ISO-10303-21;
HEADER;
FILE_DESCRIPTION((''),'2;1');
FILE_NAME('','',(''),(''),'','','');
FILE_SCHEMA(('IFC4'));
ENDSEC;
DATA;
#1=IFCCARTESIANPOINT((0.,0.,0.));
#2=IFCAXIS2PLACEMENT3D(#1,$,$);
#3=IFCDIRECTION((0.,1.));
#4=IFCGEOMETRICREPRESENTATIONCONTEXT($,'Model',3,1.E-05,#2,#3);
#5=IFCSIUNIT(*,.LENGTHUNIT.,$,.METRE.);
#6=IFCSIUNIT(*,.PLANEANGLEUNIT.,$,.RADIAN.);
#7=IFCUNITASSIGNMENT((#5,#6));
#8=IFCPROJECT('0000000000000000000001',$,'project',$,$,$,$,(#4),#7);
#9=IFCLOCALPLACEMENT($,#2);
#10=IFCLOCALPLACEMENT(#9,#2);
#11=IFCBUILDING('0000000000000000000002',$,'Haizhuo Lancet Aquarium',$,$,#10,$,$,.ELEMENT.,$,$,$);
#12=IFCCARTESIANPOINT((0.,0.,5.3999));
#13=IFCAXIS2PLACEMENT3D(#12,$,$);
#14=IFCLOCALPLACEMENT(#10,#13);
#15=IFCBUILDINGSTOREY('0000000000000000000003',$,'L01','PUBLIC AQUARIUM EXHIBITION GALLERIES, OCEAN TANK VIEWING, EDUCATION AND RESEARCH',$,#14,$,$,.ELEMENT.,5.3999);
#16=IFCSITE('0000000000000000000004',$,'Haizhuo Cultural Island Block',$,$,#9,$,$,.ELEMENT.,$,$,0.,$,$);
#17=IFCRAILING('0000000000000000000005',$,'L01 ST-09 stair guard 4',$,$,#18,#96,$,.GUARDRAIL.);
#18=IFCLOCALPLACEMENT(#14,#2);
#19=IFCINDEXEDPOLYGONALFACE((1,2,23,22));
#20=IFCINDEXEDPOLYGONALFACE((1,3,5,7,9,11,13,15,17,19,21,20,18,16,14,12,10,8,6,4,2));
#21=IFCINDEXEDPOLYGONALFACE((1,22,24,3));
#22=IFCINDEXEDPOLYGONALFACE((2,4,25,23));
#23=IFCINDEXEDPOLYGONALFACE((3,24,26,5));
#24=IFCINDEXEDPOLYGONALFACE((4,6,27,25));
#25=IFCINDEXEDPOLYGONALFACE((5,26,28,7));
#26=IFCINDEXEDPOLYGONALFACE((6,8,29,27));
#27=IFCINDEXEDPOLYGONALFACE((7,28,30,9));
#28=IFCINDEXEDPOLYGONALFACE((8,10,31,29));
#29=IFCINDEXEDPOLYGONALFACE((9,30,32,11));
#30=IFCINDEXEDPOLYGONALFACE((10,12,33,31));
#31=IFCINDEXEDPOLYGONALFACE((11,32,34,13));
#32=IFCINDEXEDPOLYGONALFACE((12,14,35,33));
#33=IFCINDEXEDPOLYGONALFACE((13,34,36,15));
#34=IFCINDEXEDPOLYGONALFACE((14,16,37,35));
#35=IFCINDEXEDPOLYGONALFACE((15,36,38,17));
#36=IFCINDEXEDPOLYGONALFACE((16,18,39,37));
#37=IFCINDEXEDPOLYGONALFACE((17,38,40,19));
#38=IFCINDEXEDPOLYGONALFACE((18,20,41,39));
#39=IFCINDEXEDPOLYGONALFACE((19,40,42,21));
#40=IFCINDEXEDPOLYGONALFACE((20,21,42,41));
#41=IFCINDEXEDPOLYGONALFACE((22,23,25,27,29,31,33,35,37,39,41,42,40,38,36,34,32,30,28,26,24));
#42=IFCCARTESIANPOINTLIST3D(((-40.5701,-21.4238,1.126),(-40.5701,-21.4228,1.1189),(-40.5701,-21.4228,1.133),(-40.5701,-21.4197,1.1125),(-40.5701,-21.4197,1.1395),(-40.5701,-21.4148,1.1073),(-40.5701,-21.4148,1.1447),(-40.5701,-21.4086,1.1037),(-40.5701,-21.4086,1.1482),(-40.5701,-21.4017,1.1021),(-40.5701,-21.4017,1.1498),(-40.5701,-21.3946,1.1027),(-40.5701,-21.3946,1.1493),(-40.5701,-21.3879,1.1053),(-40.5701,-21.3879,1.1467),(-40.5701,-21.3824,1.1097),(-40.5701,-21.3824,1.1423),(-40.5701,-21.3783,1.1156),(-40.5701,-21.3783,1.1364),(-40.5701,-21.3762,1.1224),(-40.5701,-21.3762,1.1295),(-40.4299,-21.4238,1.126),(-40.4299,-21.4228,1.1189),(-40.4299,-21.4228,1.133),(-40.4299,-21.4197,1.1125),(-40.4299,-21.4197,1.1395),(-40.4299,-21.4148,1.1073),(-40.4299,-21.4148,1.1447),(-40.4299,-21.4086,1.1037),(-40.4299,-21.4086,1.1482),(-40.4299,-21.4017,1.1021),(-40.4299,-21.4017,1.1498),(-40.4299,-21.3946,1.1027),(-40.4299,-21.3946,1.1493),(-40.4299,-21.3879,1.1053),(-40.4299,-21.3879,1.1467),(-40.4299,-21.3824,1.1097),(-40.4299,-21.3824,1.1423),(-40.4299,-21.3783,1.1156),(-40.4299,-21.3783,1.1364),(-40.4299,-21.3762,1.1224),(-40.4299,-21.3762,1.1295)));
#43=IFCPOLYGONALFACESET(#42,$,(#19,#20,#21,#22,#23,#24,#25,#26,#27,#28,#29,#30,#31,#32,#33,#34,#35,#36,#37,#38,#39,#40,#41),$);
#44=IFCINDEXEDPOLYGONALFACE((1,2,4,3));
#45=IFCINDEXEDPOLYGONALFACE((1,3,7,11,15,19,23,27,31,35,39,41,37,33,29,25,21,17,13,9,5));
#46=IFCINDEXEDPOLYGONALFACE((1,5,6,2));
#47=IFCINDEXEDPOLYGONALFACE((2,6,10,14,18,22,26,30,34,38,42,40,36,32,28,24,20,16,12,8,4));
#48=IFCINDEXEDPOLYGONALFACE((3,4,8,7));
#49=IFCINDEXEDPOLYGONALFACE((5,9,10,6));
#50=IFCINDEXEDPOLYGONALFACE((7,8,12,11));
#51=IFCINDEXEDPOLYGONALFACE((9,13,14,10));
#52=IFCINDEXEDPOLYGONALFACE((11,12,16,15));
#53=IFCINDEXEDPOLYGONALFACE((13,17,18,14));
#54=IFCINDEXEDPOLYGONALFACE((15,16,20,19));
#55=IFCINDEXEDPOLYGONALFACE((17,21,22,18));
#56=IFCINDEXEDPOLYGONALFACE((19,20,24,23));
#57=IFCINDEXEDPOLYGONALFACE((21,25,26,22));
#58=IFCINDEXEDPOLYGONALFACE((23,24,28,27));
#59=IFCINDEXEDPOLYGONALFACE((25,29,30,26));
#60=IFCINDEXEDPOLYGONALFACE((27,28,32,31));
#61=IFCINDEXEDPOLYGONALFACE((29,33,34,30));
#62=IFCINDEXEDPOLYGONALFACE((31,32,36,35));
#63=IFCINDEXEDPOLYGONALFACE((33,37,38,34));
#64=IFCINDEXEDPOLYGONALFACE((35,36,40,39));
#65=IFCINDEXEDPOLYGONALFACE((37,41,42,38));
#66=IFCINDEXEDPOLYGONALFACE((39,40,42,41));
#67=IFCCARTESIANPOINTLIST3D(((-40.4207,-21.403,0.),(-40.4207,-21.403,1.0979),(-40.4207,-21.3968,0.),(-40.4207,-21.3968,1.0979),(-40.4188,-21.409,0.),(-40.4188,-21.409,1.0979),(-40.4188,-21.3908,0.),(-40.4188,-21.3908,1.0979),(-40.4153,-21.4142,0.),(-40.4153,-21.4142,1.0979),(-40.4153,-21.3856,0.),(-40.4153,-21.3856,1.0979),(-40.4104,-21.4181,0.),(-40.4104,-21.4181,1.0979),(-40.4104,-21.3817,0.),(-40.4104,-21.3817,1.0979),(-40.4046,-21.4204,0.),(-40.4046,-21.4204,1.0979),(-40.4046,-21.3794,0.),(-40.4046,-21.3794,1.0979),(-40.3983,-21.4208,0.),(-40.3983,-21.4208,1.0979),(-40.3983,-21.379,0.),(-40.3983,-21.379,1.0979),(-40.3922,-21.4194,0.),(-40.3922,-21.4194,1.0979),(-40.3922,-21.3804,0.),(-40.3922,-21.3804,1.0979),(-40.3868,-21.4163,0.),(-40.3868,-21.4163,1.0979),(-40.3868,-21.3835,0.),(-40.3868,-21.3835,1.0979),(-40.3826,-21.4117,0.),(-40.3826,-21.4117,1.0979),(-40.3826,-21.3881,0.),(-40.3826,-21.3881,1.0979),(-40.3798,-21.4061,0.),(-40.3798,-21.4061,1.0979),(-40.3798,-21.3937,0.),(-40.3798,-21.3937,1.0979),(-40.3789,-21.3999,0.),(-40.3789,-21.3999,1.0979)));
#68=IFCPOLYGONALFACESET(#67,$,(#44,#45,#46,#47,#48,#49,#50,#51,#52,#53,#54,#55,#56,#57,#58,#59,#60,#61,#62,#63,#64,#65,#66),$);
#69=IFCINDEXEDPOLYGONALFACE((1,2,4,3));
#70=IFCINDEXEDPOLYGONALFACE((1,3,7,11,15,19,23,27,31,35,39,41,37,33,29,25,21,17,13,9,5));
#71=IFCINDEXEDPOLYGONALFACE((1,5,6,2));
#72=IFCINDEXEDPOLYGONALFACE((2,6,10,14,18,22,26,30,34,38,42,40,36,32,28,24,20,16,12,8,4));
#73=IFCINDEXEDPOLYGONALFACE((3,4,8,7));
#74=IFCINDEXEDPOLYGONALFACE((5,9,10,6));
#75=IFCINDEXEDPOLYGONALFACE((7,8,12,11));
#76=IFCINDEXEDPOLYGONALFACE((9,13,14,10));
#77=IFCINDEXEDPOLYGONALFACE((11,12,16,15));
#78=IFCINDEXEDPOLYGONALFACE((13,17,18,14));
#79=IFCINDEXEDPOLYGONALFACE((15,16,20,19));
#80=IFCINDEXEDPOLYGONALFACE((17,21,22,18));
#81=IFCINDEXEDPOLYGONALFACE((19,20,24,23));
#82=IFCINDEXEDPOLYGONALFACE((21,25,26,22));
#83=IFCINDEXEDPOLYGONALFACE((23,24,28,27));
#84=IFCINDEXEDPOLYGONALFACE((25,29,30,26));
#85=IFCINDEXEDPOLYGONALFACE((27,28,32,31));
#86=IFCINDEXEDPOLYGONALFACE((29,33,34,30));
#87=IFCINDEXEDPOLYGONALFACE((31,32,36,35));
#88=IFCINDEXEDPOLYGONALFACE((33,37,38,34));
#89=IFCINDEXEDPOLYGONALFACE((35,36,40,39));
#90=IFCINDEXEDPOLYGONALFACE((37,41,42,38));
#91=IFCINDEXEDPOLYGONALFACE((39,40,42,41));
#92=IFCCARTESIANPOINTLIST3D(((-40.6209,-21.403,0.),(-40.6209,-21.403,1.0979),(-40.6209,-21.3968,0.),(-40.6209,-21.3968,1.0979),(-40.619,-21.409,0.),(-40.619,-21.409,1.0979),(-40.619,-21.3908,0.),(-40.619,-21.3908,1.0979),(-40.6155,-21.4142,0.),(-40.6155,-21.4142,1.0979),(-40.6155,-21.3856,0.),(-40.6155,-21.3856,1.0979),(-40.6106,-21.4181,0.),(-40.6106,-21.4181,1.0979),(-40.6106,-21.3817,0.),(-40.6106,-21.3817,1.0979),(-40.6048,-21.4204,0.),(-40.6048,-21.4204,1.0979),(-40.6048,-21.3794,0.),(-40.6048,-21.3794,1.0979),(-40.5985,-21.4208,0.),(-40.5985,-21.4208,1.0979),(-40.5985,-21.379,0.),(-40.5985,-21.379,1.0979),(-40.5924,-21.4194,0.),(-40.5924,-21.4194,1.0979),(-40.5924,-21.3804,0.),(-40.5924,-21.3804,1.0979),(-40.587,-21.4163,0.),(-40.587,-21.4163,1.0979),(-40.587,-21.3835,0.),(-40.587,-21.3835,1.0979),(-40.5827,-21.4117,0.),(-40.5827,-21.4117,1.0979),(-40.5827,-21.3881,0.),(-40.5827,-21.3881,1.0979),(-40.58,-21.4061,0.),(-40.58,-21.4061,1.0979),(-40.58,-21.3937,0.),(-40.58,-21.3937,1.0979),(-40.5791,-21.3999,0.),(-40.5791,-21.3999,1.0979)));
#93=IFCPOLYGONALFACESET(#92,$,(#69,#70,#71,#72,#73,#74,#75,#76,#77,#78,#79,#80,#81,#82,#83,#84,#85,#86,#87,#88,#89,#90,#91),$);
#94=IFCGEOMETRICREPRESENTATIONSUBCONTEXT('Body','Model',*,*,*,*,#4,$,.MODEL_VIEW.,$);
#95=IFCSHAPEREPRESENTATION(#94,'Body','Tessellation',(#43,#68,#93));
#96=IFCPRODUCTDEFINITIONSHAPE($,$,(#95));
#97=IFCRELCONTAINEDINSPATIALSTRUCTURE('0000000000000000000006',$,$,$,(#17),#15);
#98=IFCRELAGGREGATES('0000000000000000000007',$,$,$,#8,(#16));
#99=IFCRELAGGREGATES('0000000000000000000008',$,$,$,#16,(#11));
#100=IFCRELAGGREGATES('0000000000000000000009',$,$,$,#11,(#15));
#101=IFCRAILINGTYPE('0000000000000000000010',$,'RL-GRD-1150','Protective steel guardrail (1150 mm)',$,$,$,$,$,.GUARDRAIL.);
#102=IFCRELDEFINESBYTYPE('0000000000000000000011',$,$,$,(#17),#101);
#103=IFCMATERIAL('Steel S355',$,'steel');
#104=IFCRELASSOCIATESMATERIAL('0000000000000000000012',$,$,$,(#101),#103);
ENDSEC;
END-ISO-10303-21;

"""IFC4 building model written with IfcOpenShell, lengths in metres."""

from ifc_helpers import new_model, si_unit, direction, frame, origin, origin_2d, place, context, subcontext, project, spatial, circle, extrude, material, type_object, element, save


model = new_model("IFC4")

# Units and contexts
model_context = context("Model", 3, precision=1e-05, world=origin(), true_north=direction((0.0, 1.0)))
body_context = subcontext(model_context, "Body", "Model", "MODEL_VIEW")
ifc_project = project(units=[si_unit("LENGTHUNIT", "METRE"), si_unit("PLANEANGLEUNIT", "RADIAN")], contexts=[model_context])

# Site, building, storey
site_placement = place(None, origin())
site = spatial("IfcSite", under=ifc_project, at=site_placement, Name="Haizhuo Cultural Island Block", CompositionType="ELEMENT", RefElevation=0.0)
building_placement = place(site_placement, origin())
building = spatial("IfcBuilding", under=site, at=building_placement, Name="Haizhuo Lancet Aquarium", CompositionType="ELEMENT")
storey_placement = place(building_placement, frame((0.0, 0.0, 5.3999)))
storey = spatial("IfcBuildingStorey", under=building, at=storey_placement, Name="L01", Description="PUBLIC AQUARIUM EXHIBITION GALLERIES, OCEAN TANK VIEWING, EDUCATION AND RESEARCH", CompositionType="ELEMENT", Elevation=5.3999)

# Shared definitions
ifc_material_1 = material(Name="Steel S355", Category="steel")

# Railing
railing_type_1 = type_object("IfcRailingType", Name="RL-GRD-1150", Description="Protective steel guardrail (1150 mm)", PredefinedType="GUARDRAIL", material=ifc_material_1)
railing_1_placement = place(storey_placement, frame((-40.3999, -21.3999, 0.0)))
element("IfcRailing", 1, at=railing_1_placement, inside=storey, type_object=railing_type_1, Name="L01 ST-09 stair guard 4", PredefinedType="GUARDRAIL", context=body_context, shape_type="SweptSolid", body=[
    extrude(circle(Radius=0.0239, at=origin_2d()), frame((-0.03, 0.0, 1.126), z_axis=(-1.0, 0.0, 0.0), x_axis=(0.0, -1.0, 0.0)), (0.0, 0.0, 1.0), 0.1401),
    extrude(circle(Radius=0.021, at=origin_2d()), origin(), (0.0, 0.0, 1.0), 1.0979),
    extrude(circle(Radius=0.021, at=origin_2d()), frame((-0.2002, 0.0, 0.0)), (0.0, 0.0, 1.0), 1.0979),
])

save(model, "model.ifc")
